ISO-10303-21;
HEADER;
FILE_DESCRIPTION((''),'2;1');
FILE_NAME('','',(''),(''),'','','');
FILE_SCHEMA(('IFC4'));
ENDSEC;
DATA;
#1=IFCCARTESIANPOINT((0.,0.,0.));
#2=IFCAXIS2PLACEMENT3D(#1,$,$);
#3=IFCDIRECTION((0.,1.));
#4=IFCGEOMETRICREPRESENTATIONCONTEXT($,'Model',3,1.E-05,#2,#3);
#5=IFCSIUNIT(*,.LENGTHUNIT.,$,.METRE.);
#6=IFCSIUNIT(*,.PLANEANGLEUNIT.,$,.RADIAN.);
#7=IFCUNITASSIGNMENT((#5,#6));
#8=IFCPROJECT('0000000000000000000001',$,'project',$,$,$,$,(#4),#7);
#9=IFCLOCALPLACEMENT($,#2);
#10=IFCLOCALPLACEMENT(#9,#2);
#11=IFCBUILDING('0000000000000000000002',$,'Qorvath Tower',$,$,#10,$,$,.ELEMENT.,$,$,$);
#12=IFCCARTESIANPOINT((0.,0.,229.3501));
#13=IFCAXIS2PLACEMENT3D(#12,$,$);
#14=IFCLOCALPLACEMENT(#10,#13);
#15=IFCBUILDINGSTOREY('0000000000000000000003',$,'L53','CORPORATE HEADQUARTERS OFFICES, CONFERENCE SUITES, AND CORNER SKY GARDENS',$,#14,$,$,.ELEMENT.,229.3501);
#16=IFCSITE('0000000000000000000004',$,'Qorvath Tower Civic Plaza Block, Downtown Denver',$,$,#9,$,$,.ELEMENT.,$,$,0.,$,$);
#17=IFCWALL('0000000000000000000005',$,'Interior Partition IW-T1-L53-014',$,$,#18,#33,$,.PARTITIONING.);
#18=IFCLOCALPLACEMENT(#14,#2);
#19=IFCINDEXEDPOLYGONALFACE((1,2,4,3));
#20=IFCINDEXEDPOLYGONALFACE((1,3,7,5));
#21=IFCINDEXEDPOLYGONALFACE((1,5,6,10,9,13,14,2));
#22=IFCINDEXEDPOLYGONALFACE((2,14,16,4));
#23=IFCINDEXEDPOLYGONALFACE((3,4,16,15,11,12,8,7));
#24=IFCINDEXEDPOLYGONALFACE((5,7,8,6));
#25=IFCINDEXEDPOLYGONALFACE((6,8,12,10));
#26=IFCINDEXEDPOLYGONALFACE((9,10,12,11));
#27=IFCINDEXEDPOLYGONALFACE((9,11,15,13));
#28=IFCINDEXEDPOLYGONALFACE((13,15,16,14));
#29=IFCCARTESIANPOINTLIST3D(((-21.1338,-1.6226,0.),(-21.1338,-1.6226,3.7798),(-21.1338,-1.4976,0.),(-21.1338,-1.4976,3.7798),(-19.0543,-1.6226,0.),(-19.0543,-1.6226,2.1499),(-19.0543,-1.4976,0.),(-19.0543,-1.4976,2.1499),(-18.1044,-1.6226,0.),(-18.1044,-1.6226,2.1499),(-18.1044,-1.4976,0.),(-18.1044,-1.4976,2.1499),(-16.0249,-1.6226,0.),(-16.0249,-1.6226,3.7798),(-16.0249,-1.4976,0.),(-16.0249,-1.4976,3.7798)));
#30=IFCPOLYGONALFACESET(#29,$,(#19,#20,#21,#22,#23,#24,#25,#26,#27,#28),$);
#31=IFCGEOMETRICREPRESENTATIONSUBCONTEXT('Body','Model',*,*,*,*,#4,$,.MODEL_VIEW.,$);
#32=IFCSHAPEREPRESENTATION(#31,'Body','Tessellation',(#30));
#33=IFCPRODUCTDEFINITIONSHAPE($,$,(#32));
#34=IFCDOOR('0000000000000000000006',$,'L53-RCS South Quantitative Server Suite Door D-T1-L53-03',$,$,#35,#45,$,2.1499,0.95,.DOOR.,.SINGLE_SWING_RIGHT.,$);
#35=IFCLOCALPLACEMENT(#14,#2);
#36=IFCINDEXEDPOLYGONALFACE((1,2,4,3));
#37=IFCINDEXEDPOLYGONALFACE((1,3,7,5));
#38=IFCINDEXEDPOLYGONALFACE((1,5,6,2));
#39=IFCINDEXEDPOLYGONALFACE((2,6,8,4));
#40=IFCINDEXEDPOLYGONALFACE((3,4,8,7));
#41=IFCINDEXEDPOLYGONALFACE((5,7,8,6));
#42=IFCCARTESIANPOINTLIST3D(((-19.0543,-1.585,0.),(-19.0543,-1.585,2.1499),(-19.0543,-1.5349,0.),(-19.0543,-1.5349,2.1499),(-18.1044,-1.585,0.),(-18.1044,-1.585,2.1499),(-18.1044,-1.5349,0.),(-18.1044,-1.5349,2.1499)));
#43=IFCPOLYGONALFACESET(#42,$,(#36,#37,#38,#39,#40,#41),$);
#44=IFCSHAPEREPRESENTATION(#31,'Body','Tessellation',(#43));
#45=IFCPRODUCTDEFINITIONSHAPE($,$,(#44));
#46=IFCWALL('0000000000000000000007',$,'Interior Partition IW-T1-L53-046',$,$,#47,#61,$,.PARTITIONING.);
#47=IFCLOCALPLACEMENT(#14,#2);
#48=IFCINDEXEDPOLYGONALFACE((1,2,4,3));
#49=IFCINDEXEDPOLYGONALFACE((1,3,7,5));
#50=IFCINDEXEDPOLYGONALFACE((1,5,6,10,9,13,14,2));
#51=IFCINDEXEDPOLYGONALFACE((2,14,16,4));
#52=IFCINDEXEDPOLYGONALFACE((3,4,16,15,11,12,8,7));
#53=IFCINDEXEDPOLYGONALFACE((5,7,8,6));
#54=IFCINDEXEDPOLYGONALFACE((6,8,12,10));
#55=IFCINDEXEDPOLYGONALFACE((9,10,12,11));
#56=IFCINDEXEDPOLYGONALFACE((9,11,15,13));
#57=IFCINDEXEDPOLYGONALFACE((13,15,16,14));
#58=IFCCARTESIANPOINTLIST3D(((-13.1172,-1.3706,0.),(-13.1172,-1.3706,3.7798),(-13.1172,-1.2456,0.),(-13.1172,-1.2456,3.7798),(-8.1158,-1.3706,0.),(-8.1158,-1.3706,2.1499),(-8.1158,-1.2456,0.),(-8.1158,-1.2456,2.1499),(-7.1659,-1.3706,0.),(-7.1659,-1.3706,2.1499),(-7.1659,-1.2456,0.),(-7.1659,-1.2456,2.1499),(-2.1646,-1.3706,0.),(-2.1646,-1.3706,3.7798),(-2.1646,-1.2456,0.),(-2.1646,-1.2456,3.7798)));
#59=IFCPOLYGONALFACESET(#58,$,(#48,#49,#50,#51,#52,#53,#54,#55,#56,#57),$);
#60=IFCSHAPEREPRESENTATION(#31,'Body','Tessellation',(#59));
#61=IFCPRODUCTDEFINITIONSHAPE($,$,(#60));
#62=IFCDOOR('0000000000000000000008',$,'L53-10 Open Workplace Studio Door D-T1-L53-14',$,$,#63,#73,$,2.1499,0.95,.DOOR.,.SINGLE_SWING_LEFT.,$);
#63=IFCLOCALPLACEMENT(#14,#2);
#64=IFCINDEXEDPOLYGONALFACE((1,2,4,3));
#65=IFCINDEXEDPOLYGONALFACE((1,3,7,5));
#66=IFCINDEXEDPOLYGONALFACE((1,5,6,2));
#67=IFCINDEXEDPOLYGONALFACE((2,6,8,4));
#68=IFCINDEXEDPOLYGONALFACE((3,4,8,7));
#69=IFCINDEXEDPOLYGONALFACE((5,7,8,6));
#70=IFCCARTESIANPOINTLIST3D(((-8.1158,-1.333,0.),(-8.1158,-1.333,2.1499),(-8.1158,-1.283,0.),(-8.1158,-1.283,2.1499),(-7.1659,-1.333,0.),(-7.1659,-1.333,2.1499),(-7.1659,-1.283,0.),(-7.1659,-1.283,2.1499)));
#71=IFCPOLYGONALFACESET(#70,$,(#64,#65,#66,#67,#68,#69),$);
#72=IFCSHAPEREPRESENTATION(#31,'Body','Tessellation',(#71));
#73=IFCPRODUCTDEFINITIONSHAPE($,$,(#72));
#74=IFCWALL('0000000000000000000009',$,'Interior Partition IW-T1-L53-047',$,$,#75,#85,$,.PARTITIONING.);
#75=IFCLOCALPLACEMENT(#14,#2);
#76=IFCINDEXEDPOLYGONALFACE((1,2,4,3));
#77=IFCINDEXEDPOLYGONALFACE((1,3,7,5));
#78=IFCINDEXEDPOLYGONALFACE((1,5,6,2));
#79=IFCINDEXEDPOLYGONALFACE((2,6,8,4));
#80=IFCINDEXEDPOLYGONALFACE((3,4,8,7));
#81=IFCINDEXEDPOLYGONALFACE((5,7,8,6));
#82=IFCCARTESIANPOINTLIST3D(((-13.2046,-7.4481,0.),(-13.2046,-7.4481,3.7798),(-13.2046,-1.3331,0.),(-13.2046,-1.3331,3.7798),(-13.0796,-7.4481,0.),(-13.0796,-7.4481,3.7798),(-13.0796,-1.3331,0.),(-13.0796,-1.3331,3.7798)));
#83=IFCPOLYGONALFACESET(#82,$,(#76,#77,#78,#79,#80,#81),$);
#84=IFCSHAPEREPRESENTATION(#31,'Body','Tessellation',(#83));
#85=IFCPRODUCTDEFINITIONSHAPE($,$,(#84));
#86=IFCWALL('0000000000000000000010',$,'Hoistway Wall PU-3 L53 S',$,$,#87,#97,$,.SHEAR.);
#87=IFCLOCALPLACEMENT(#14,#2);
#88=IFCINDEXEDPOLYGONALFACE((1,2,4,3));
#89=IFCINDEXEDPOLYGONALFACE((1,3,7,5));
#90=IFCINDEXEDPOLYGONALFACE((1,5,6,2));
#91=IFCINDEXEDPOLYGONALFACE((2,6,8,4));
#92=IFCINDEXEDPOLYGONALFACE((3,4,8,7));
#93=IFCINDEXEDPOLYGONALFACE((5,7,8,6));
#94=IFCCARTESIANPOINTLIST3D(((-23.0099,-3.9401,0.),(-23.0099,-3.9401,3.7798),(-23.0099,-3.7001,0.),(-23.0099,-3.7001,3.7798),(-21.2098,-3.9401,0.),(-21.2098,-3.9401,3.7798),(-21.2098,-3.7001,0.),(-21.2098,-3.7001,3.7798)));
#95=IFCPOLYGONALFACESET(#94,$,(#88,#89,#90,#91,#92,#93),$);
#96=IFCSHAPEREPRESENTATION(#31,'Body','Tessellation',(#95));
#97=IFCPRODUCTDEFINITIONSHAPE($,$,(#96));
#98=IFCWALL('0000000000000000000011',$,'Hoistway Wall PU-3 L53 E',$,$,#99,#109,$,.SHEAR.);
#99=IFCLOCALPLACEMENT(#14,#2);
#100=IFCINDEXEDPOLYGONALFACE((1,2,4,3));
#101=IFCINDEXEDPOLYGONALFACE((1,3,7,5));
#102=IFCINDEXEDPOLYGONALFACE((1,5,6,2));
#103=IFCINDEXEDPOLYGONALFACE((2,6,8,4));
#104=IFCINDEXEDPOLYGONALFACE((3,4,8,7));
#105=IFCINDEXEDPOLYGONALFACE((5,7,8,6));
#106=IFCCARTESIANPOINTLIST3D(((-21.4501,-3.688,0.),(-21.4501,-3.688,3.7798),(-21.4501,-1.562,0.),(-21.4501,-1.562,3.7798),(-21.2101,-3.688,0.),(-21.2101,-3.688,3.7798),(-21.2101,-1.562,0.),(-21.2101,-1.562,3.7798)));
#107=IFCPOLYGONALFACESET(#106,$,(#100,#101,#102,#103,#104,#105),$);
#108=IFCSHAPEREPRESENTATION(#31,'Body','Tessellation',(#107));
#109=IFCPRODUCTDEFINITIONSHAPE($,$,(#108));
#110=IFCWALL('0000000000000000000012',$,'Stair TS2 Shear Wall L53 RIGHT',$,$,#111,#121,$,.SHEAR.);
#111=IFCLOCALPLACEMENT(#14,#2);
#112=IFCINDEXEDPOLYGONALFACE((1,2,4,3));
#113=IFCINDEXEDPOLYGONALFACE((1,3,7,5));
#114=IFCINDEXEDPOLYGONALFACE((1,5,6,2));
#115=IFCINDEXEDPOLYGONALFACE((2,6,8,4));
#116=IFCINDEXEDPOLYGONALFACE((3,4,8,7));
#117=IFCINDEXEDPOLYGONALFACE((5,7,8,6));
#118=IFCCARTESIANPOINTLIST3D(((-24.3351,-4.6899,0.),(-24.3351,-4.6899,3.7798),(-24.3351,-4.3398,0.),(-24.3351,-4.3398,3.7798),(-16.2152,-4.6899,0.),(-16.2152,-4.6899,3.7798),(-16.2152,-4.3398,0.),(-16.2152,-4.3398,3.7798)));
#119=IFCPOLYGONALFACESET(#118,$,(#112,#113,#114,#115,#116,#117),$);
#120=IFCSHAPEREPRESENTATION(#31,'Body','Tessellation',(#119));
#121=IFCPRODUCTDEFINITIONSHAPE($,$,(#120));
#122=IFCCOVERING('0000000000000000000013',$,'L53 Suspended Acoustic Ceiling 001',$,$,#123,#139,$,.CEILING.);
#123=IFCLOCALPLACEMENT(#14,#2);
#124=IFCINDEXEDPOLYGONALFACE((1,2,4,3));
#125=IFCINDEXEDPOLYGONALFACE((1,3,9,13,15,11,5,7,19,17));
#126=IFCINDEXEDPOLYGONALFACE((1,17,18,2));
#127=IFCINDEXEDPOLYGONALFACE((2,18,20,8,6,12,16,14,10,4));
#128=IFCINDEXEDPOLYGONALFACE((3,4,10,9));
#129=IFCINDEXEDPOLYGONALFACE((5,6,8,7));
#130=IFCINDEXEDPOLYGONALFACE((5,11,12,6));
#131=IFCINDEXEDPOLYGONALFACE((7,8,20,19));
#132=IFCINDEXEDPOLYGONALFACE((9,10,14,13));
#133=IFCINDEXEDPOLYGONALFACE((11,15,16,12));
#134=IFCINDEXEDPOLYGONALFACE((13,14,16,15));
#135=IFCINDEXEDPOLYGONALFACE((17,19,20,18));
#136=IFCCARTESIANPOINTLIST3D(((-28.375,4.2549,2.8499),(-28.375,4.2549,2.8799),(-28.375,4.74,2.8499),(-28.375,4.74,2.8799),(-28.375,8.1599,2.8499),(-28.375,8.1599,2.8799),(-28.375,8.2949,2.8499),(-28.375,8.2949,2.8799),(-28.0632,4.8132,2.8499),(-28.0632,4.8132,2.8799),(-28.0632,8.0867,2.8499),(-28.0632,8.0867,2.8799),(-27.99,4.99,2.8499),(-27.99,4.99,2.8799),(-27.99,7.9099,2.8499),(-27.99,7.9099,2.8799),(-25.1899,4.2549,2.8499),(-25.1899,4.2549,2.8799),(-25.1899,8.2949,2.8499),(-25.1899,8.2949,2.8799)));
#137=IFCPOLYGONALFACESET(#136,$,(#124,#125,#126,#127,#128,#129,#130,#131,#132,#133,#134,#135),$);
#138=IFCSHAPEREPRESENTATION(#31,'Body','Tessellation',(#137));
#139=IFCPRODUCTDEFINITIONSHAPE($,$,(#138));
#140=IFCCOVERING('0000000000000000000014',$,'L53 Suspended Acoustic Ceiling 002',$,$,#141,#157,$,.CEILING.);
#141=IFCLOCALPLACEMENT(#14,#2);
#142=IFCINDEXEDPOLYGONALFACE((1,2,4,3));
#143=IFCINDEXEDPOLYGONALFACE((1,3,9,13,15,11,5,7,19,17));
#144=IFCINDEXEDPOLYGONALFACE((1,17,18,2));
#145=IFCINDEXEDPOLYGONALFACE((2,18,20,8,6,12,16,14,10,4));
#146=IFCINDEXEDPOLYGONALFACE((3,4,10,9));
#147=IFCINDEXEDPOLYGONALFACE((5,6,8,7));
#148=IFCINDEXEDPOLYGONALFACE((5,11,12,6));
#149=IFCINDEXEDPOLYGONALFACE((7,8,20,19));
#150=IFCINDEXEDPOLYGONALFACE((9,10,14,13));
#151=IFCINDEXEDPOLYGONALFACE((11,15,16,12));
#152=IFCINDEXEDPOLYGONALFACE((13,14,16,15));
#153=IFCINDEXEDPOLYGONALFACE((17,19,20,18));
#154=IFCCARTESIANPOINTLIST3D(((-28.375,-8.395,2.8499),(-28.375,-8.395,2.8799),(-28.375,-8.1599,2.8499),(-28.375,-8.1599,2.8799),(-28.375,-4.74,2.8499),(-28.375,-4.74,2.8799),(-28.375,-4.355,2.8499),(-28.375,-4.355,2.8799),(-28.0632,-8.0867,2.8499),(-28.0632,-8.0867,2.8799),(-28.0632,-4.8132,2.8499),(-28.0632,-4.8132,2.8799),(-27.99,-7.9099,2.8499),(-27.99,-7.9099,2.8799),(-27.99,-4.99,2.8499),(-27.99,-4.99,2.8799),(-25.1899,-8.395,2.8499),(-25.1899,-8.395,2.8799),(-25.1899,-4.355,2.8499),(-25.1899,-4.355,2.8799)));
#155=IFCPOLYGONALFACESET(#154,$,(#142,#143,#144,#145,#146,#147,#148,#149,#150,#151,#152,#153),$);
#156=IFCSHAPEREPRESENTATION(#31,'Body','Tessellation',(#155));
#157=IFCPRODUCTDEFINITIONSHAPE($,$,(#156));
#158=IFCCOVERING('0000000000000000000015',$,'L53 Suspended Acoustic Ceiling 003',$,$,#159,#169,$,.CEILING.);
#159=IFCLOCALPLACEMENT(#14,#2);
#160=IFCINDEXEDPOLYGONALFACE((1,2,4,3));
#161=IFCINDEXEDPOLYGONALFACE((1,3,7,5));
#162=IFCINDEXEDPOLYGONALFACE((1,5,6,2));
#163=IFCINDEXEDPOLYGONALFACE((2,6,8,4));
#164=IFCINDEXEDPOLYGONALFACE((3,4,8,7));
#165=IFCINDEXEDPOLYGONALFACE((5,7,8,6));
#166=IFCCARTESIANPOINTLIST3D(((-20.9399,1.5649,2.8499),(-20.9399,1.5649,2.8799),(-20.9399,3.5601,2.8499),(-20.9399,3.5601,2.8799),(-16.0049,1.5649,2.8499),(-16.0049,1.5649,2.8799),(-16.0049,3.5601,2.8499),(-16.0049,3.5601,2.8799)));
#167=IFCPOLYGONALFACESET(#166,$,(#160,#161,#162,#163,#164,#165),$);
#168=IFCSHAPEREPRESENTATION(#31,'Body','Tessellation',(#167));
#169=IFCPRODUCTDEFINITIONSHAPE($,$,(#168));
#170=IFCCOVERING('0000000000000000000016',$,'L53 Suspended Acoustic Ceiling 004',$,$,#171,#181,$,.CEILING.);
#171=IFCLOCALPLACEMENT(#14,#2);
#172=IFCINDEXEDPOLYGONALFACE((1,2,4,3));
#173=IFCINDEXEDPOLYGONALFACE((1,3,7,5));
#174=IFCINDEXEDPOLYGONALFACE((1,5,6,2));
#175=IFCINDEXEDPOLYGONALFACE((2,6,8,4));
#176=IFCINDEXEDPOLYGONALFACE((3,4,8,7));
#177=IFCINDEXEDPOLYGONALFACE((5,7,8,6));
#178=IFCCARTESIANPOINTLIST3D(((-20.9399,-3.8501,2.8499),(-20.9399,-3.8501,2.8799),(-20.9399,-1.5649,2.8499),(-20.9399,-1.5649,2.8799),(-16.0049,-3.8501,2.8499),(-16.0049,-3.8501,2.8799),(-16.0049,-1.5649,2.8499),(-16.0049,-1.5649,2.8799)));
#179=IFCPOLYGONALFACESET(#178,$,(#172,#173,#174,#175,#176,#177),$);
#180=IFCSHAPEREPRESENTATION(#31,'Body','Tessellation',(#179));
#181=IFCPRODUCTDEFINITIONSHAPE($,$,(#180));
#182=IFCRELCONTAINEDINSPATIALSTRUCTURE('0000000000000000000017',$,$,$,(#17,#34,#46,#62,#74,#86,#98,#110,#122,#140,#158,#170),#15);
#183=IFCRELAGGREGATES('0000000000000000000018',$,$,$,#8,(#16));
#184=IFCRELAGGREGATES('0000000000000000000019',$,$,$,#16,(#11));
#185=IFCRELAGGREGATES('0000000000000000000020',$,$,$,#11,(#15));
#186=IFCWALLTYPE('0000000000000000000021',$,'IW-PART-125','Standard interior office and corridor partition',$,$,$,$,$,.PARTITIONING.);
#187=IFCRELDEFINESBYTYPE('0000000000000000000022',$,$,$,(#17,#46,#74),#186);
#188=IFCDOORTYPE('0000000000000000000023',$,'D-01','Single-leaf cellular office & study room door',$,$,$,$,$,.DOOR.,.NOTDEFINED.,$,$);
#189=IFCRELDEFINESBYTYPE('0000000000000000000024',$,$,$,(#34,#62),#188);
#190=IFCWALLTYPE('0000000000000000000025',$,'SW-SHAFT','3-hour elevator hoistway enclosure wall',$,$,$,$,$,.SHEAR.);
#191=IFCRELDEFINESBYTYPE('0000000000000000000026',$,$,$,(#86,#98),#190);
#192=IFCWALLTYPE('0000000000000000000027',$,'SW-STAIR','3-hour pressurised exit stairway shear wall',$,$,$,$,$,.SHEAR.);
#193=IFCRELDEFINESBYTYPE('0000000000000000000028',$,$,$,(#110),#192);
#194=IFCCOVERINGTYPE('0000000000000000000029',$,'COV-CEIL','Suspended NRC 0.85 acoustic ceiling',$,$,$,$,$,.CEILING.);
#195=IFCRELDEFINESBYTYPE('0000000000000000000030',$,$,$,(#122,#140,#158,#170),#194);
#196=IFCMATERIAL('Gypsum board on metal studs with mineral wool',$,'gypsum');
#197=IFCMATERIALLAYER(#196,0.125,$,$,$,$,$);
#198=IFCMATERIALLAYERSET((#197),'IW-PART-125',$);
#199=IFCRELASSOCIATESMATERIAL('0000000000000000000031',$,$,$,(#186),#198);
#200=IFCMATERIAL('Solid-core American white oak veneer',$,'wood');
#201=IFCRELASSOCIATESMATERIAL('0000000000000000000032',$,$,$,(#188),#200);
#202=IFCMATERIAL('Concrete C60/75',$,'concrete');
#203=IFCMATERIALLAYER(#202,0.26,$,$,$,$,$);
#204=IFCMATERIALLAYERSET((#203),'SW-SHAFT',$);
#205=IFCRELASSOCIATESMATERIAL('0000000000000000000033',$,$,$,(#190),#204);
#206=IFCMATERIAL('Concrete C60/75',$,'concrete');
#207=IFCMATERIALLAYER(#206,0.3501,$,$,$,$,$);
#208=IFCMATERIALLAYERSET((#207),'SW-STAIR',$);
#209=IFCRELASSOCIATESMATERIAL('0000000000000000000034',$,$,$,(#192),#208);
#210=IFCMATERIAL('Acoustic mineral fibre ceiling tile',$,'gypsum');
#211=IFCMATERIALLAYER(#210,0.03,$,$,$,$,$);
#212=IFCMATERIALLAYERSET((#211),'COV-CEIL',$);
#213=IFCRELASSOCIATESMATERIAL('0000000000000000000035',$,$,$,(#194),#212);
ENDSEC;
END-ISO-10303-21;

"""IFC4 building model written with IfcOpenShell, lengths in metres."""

from ifc_helpers import new_model, si_unit, direction, frame, frame_2d, origin, place, context, subcontext, project, spatial, polyline, rectangle, outline, extrude, material, layer, layer_set, type_object, element, fill, save


model = new_model("IFC4")

# Units and contexts
model_context = context("Model", 3, precision=1e-05, world=origin(), true_north=direction((0.0, 1.0)))
body_context = subcontext(model_context, "Body", "Model", "MODEL_VIEW")
ifc_project = project(units=[si_unit("LENGTHUNIT", "METRE"), si_unit("PLANEANGLEUNIT", "RADIAN")], contexts=[model_context])

# Site, building, storey
site_placement = place(None, origin())
site = spatial("IfcSite", under=ifc_project, at=site_placement, Name="Qorvath Tower Civic Plaza Block, Downtown Denver", CompositionType="ELEMENT", RefElevation=0.0)
building_placement = place(site_placement, origin())
building = spatial("IfcBuilding", under=site, at=building_placement, Name="Qorvath Tower", CompositionType="ELEMENT")
storey_placement = place(building_placement, frame((0.0, 0.0, 229.3501)))
storey = spatial("IfcBuildingStorey", under=building, at=storey_placement, Name="L53", Description="CORPORATE HEADQUARTERS OFFICES, CONFERENCE SUITES, AND CORNER SKY GARDENS", CompositionType="ELEMENT", Elevation=229.3501)

# Shared definitions
ifc_material_1 = material(Name="Gypsum board on metal studs with mineral wool", Category="gypsum")
ifc_layer_1 = layer(ifc_material_1, 0.125)
ifc_layer_set_1 = layer_set([ifc_layer_1], Name="IW-PART-125")
wall_type_1 = type_object("IfcWallType", Name="IW-PART-125", Description="Standard interior office and corridor partition", PredefinedType="PARTITIONING", material=ifc_layer_set_1)

# Walls, openings, doors
wall_1_placement = place(storey_placement, frame((-16.0249, -1.5601, 0.0), z_axis=(0.0, 0.0, 1.0), x_axis=(-1.0, 0.0, 0.0)))
wall_1 = element("IfcWall", 1, at=wall_1_placement, inside=storey, type_object=wall_type_1, Name="Interior Partition IW-T1-L53-014", PredefinedType="PARTITIONING", context=body_context, shape_type="SweptSolid", body=[
    extrude(rectangle(XDim=5.1089, YDim=0.125, at=frame_2d((2.5544, 0.0))), origin(), (0.0, 0.0, 1.0), 3.7798),
])
opening_1_placement = place(wall_1_placement, frame((2.0793, 0.0, 0.0)))
opening_1 = element("IfcOpeningElement", 2, at=opening_1_placement, cuts=wall_1, PredefinedType="OPENING", context=body_context, shape_type="SweptSolid", body=[
    extrude(rectangle(XDim=0.95, YDim=2.1499, at=frame_2d((0.4751, 1.075))), frame((0.0, 0.0725, 0.0), z_axis=(0.0, -1.0, 0.0), x_axis=(1.0, 0.0, 0.0)), (0.0, 0.0, 1.0), 0.145),
])
ifc_material_2 = material(Name="Solid-core American white oak veneer", Category="wood")
door_type = type_object("IfcDoorType", Name="D-01", Description="Single-leaf cellular office & study room door", OperationType="NOTDEFINED", PredefinedType="DOOR", material=ifc_material_2)
door_1_placement = place(opening_1_placement, origin())
door_1 = element("IfcDoor", 3, at=door_1_placement, inside=storey, type_object=door_type, Name="L53-RCS South Quantitative Server Suite Door D-T1-L53-03", OperationType="SINGLE_SWING_RIGHT", OverallHeight=2.1499, OverallWidth=0.95, PredefinedType="DOOR", context=body_context, shape_type="SweptSolid", body=[
    extrude(rectangle(XDim=0.95, YDim=2.1499, at=frame_2d((0.4751, 1.075))), frame((0.0, 0.0249, 0.0), z_axis=(0.0, -1.0, 0.0), x_axis=(1.0, 0.0, 0.0)), (0.0, 0.0, 1.0), 0.05),
])
fill(opening_1, door_1)
wall_2_placement = place(storey_placement, frame((-2.1646, -1.3081, 0.0), z_axis=(0.0, 0.0, 1.0), x_axis=(-1.0, 0.0, 0.0)))
wall_2 = element("IfcWall", 4, at=wall_2_placement, inside=storey, type_object=wall_type_1, Name="Interior Partition IW-T1-L53-046", PredefinedType="PARTITIONING", context=body_context, shape_type="SweptSolid", body=[
    extrude(rectangle(XDim=10.9526, YDim=0.125, at=frame_2d((5.4763, 0.0))), origin(), (0.0, 0.0, 1.0), 3.7798),
])
opening_2_placement = place(wall_2_placement, frame((5.0012, 0.0, 0.0)))
opening_2 = element("IfcOpeningElement", 5, at=opening_2_placement, cuts=wall_2, PredefinedType="OPENING", context=body_context, shape_type="SweptSolid", body=[
    extrude(rectangle(XDim=0.95, YDim=2.1499, at=frame_2d((0.4751, 1.075))), frame((0.0, 0.0725, 0.0), z_axis=(0.0, -1.0, 0.0), x_axis=(1.0, 0.0, 0.0)), (0.0, 0.0, 1.0), 0.145),
])
door_2_placement = place(opening_2_placement, origin())
door_2 = element("IfcDoor", 6, at=door_2_placement, inside=storey, type_object=door_type, Name="L53-10 Open Workplace Studio Door D-T1-L53-14", OperationType="SINGLE_SWING_LEFT", OverallHeight=2.1499, OverallWidth=0.95, PredefinedType="DOOR", context=body_context, shape_type="SweptSolid", body=[
    extrude(rectangle(XDim=0.95, YDim=2.1499, at=frame_2d((0.4751, 1.075))), frame((0.0, 0.0249, 0.0), z_axis=(0.0, -1.0, 0.0), x_axis=(1.0, 0.0, 0.0)), (0.0, 0.0, 1.0), 0.05),
])
fill(opening_2, door_2)

# Walls
wall_3_placement = place(storey_placement, frame((-13.1421, -1.333, 0.0), z_axis=(0.0, 0.0, 1.0), x_axis=(0.0, -1.0, 0.0)))
element("IfcWall", 7, at=wall_3_placement, inside=storey, type_object=wall_type_1, Name="Interior Partition IW-T1-L53-047", PredefinedType="PARTITIONING", context=body_context, shape_type="SweptSolid", body=[
    extrude(rectangle(XDim=6.115, YDim=0.125, at=frame_2d((3.0576, 0.0))), origin(), (0.0, 0.0, 1.0), 3.7798),
])
ifc_material_3 = material(Name="Concrete C60/75", Category="concrete")
ifc_layer_2 = layer(ifc_material_3, 0.26)
ifc_layer_set_2 = layer_set([ifc_layer_2], Name="SW-SHAFT")
wall_type_2 = type_object("IfcWallType", Name="SW-SHAFT", Description="3-hour elevator hoistway enclosure wall", PredefinedType="SHEAR", material=ifc_layer_set_2)
wall_4_placement = place(storey_placement, frame((-21.21, -3.8201, 0.0), z_axis=(0.0, 0.0, 1.0), x_axis=(-1.0, 0.0, 0.0)))
element("IfcWall", 8, at=wall_4_placement, inside=storey, type_object=wall_type_2, Name="Hoistway Wall PU-3 L53 S", PredefinedType="SHEAR", context=body_context, shape_type="SweptSolid", body=[
    extrude(rectangle(XDim=1.8, YDim=0.24, at=frame_2d((0.8999, 0.0))), origin(), (0.0, 0.0, 1.0), 3.7798),
])
wall_5_placement = place(storey_placement, frame((-21.3301, -1.562, 0.0), z_axis=(0.0, 0.0, 1.0), x_axis=(0.0, -1.0, 0.0)))
element("IfcWall", 9, at=wall_5_placement, inside=storey, type_object=wall_type_2, Name="Hoistway Wall PU-3 L53 E", PredefinedType="SHEAR", context=body_context, shape_type="SweptSolid", body=[
    extrude(rectangle(XDim=2.126, YDim=0.24, at=frame_2d((1.063, 0.0))), origin(), (0.0, 0.0, 1.0), 3.7798),
])
ifc_material_4 = material(Name="Concrete C60/75", Category="concrete")
ifc_layer_3 = layer(ifc_material_4, 0.3501)
ifc_layer_set_3 = layer_set([ifc_layer_3], Name="SW-STAIR")
wall_type_3 = type_object("IfcWallType", Name="SW-STAIR", Description="3-hour pressurised exit stairway shear wall", PredefinedType="SHEAR", material=ifc_layer_set_3)
wall_6_placement = place(storey_placement, frame((-16.2151, -4.5149, 0.0), z_axis=(0.0, 0.0, 1.0), x_axis=(-1.0, 0.0, 0.0)))
element("IfcWall", 10, at=wall_6_placement, inside=storey, type_object=wall_type_3, Name="Stair TS2 Shear Wall L53 RIGHT", PredefinedType="SHEAR", context=body_context, shape_type="SweptSolid", body=[
    extrude(rectangle(XDim=8.1199, YDim=0.3501, at=frame_2d((4.0601, 0.0))), origin(), (0.0, 0.0, 1.0), 3.7798),
])

# Coverings
ifc_material_5 = material(Name="Acoustic mineral fibre ceiling tile", Category="gypsum")
ifc_layer_4 = layer(ifc_material_5, 0.03)
ifc_layer_set_4 = layer_set([ifc_layer_4], Name="COV-CEIL")
covering_type_1 = type_object("IfcCoveringType", Name="COV-CEIL", Description="Suspended NRC 0.85 acoustic ceiling", PredefinedType="CEILING", material=ifc_layer_set_4)
covering_1_placement = place(storey_placement, frame((0.0, 0.0, 2.8499)))
element("IfcCovering", 11, at=covering_1_placement, inside=storey, type_object=covering_type_1, Name="L53 Suspended Acoustic Ceiling 001", PredefinedType="CEILING", context=body_context, shape_type="SweptSolid", body=[
    extrude(outline(polyline([(-25.1899, 4.2549), (-25.1899, 8.2949), (-28.375, 8.2949), (-28.375, 8.1599), (-28.0632, 8.0867), (-27.99, 7.9099), (-27.99, 4.99), (-28.0632, 4.8132), (-28.375, 4.74), (-28.375, 4.2549), (-25.1899, 4.2549)])), origin(), (0.0, 0.0, 1.0), 0.03),
])
covering_2_placement = place(storey_placement, frame((0.0, 0.0, 2.8499)))
element("IfcCovering", 12, at=covering_2_placement, inside=storey, type_object=covering_type_1, Name="L53 Suspended Acoustic Ceiling 002", PredefinedType="CEILING", context=body_context, shape_type="SweptSolid", body=[
    extrude(outline(polyline([(-25.1899, -8.395), (-25.1899, -4.355), (-28.375, -4.355), (-28.375, -4.74), (-28.0632, -4.8132), (-27.99, -4.99), (-27.99, -7.9099), (-28.0632, -8.0867), (-28.375, -8.1599), (-28.375, -8.395), (-25.1899, -8.395)])), origin(), (0.0, 0.0, 1.0), 0.03),
])
covering_3_placement = place(storey_placement, frame((0.0, 0.0, 2.8499)))
element("IfcCovering", 13, at=covering_3_placement, inside=storey, type_object=covering_type_1, Name="L53 Suspended Acoustic Ceiling 003", PredefinedType="CEILING", context=body_context, shape_type="SweptSolid", body=[
    extrude(outline(polyline([(-16.0049, 3.5601), (-20.9399, 3.5601), (-20.9399, 1.5649), (-16.0049, 1.5649), (-16.0049, 3.5601)])), origin(), (0.0, 0.0, 1.0), 0.03),
])
covering_4_placement = place(storey_placement, frame((0.0, 0.0, 2.8499)))
element("IfcCovering", 14, at=covering_4_placement, inside=storey, type_object=covering_type_1, Name="L53 Suspended Acoustic Ceiling 004", PredefinedType="CEILING", context=body_context, shape_type="SweptSolid", body=[
    extrude(outline(polyline([(-20.9399, -1.5649), (-20.9399, -3.8501), (-16.0049, -3.8501), (-16.0049, -1.5649), (-20.9399, -1.5649)])), origin(), (0.0, 0.0, 1.0), 0.03),
])

save(model, "model.ifc")
